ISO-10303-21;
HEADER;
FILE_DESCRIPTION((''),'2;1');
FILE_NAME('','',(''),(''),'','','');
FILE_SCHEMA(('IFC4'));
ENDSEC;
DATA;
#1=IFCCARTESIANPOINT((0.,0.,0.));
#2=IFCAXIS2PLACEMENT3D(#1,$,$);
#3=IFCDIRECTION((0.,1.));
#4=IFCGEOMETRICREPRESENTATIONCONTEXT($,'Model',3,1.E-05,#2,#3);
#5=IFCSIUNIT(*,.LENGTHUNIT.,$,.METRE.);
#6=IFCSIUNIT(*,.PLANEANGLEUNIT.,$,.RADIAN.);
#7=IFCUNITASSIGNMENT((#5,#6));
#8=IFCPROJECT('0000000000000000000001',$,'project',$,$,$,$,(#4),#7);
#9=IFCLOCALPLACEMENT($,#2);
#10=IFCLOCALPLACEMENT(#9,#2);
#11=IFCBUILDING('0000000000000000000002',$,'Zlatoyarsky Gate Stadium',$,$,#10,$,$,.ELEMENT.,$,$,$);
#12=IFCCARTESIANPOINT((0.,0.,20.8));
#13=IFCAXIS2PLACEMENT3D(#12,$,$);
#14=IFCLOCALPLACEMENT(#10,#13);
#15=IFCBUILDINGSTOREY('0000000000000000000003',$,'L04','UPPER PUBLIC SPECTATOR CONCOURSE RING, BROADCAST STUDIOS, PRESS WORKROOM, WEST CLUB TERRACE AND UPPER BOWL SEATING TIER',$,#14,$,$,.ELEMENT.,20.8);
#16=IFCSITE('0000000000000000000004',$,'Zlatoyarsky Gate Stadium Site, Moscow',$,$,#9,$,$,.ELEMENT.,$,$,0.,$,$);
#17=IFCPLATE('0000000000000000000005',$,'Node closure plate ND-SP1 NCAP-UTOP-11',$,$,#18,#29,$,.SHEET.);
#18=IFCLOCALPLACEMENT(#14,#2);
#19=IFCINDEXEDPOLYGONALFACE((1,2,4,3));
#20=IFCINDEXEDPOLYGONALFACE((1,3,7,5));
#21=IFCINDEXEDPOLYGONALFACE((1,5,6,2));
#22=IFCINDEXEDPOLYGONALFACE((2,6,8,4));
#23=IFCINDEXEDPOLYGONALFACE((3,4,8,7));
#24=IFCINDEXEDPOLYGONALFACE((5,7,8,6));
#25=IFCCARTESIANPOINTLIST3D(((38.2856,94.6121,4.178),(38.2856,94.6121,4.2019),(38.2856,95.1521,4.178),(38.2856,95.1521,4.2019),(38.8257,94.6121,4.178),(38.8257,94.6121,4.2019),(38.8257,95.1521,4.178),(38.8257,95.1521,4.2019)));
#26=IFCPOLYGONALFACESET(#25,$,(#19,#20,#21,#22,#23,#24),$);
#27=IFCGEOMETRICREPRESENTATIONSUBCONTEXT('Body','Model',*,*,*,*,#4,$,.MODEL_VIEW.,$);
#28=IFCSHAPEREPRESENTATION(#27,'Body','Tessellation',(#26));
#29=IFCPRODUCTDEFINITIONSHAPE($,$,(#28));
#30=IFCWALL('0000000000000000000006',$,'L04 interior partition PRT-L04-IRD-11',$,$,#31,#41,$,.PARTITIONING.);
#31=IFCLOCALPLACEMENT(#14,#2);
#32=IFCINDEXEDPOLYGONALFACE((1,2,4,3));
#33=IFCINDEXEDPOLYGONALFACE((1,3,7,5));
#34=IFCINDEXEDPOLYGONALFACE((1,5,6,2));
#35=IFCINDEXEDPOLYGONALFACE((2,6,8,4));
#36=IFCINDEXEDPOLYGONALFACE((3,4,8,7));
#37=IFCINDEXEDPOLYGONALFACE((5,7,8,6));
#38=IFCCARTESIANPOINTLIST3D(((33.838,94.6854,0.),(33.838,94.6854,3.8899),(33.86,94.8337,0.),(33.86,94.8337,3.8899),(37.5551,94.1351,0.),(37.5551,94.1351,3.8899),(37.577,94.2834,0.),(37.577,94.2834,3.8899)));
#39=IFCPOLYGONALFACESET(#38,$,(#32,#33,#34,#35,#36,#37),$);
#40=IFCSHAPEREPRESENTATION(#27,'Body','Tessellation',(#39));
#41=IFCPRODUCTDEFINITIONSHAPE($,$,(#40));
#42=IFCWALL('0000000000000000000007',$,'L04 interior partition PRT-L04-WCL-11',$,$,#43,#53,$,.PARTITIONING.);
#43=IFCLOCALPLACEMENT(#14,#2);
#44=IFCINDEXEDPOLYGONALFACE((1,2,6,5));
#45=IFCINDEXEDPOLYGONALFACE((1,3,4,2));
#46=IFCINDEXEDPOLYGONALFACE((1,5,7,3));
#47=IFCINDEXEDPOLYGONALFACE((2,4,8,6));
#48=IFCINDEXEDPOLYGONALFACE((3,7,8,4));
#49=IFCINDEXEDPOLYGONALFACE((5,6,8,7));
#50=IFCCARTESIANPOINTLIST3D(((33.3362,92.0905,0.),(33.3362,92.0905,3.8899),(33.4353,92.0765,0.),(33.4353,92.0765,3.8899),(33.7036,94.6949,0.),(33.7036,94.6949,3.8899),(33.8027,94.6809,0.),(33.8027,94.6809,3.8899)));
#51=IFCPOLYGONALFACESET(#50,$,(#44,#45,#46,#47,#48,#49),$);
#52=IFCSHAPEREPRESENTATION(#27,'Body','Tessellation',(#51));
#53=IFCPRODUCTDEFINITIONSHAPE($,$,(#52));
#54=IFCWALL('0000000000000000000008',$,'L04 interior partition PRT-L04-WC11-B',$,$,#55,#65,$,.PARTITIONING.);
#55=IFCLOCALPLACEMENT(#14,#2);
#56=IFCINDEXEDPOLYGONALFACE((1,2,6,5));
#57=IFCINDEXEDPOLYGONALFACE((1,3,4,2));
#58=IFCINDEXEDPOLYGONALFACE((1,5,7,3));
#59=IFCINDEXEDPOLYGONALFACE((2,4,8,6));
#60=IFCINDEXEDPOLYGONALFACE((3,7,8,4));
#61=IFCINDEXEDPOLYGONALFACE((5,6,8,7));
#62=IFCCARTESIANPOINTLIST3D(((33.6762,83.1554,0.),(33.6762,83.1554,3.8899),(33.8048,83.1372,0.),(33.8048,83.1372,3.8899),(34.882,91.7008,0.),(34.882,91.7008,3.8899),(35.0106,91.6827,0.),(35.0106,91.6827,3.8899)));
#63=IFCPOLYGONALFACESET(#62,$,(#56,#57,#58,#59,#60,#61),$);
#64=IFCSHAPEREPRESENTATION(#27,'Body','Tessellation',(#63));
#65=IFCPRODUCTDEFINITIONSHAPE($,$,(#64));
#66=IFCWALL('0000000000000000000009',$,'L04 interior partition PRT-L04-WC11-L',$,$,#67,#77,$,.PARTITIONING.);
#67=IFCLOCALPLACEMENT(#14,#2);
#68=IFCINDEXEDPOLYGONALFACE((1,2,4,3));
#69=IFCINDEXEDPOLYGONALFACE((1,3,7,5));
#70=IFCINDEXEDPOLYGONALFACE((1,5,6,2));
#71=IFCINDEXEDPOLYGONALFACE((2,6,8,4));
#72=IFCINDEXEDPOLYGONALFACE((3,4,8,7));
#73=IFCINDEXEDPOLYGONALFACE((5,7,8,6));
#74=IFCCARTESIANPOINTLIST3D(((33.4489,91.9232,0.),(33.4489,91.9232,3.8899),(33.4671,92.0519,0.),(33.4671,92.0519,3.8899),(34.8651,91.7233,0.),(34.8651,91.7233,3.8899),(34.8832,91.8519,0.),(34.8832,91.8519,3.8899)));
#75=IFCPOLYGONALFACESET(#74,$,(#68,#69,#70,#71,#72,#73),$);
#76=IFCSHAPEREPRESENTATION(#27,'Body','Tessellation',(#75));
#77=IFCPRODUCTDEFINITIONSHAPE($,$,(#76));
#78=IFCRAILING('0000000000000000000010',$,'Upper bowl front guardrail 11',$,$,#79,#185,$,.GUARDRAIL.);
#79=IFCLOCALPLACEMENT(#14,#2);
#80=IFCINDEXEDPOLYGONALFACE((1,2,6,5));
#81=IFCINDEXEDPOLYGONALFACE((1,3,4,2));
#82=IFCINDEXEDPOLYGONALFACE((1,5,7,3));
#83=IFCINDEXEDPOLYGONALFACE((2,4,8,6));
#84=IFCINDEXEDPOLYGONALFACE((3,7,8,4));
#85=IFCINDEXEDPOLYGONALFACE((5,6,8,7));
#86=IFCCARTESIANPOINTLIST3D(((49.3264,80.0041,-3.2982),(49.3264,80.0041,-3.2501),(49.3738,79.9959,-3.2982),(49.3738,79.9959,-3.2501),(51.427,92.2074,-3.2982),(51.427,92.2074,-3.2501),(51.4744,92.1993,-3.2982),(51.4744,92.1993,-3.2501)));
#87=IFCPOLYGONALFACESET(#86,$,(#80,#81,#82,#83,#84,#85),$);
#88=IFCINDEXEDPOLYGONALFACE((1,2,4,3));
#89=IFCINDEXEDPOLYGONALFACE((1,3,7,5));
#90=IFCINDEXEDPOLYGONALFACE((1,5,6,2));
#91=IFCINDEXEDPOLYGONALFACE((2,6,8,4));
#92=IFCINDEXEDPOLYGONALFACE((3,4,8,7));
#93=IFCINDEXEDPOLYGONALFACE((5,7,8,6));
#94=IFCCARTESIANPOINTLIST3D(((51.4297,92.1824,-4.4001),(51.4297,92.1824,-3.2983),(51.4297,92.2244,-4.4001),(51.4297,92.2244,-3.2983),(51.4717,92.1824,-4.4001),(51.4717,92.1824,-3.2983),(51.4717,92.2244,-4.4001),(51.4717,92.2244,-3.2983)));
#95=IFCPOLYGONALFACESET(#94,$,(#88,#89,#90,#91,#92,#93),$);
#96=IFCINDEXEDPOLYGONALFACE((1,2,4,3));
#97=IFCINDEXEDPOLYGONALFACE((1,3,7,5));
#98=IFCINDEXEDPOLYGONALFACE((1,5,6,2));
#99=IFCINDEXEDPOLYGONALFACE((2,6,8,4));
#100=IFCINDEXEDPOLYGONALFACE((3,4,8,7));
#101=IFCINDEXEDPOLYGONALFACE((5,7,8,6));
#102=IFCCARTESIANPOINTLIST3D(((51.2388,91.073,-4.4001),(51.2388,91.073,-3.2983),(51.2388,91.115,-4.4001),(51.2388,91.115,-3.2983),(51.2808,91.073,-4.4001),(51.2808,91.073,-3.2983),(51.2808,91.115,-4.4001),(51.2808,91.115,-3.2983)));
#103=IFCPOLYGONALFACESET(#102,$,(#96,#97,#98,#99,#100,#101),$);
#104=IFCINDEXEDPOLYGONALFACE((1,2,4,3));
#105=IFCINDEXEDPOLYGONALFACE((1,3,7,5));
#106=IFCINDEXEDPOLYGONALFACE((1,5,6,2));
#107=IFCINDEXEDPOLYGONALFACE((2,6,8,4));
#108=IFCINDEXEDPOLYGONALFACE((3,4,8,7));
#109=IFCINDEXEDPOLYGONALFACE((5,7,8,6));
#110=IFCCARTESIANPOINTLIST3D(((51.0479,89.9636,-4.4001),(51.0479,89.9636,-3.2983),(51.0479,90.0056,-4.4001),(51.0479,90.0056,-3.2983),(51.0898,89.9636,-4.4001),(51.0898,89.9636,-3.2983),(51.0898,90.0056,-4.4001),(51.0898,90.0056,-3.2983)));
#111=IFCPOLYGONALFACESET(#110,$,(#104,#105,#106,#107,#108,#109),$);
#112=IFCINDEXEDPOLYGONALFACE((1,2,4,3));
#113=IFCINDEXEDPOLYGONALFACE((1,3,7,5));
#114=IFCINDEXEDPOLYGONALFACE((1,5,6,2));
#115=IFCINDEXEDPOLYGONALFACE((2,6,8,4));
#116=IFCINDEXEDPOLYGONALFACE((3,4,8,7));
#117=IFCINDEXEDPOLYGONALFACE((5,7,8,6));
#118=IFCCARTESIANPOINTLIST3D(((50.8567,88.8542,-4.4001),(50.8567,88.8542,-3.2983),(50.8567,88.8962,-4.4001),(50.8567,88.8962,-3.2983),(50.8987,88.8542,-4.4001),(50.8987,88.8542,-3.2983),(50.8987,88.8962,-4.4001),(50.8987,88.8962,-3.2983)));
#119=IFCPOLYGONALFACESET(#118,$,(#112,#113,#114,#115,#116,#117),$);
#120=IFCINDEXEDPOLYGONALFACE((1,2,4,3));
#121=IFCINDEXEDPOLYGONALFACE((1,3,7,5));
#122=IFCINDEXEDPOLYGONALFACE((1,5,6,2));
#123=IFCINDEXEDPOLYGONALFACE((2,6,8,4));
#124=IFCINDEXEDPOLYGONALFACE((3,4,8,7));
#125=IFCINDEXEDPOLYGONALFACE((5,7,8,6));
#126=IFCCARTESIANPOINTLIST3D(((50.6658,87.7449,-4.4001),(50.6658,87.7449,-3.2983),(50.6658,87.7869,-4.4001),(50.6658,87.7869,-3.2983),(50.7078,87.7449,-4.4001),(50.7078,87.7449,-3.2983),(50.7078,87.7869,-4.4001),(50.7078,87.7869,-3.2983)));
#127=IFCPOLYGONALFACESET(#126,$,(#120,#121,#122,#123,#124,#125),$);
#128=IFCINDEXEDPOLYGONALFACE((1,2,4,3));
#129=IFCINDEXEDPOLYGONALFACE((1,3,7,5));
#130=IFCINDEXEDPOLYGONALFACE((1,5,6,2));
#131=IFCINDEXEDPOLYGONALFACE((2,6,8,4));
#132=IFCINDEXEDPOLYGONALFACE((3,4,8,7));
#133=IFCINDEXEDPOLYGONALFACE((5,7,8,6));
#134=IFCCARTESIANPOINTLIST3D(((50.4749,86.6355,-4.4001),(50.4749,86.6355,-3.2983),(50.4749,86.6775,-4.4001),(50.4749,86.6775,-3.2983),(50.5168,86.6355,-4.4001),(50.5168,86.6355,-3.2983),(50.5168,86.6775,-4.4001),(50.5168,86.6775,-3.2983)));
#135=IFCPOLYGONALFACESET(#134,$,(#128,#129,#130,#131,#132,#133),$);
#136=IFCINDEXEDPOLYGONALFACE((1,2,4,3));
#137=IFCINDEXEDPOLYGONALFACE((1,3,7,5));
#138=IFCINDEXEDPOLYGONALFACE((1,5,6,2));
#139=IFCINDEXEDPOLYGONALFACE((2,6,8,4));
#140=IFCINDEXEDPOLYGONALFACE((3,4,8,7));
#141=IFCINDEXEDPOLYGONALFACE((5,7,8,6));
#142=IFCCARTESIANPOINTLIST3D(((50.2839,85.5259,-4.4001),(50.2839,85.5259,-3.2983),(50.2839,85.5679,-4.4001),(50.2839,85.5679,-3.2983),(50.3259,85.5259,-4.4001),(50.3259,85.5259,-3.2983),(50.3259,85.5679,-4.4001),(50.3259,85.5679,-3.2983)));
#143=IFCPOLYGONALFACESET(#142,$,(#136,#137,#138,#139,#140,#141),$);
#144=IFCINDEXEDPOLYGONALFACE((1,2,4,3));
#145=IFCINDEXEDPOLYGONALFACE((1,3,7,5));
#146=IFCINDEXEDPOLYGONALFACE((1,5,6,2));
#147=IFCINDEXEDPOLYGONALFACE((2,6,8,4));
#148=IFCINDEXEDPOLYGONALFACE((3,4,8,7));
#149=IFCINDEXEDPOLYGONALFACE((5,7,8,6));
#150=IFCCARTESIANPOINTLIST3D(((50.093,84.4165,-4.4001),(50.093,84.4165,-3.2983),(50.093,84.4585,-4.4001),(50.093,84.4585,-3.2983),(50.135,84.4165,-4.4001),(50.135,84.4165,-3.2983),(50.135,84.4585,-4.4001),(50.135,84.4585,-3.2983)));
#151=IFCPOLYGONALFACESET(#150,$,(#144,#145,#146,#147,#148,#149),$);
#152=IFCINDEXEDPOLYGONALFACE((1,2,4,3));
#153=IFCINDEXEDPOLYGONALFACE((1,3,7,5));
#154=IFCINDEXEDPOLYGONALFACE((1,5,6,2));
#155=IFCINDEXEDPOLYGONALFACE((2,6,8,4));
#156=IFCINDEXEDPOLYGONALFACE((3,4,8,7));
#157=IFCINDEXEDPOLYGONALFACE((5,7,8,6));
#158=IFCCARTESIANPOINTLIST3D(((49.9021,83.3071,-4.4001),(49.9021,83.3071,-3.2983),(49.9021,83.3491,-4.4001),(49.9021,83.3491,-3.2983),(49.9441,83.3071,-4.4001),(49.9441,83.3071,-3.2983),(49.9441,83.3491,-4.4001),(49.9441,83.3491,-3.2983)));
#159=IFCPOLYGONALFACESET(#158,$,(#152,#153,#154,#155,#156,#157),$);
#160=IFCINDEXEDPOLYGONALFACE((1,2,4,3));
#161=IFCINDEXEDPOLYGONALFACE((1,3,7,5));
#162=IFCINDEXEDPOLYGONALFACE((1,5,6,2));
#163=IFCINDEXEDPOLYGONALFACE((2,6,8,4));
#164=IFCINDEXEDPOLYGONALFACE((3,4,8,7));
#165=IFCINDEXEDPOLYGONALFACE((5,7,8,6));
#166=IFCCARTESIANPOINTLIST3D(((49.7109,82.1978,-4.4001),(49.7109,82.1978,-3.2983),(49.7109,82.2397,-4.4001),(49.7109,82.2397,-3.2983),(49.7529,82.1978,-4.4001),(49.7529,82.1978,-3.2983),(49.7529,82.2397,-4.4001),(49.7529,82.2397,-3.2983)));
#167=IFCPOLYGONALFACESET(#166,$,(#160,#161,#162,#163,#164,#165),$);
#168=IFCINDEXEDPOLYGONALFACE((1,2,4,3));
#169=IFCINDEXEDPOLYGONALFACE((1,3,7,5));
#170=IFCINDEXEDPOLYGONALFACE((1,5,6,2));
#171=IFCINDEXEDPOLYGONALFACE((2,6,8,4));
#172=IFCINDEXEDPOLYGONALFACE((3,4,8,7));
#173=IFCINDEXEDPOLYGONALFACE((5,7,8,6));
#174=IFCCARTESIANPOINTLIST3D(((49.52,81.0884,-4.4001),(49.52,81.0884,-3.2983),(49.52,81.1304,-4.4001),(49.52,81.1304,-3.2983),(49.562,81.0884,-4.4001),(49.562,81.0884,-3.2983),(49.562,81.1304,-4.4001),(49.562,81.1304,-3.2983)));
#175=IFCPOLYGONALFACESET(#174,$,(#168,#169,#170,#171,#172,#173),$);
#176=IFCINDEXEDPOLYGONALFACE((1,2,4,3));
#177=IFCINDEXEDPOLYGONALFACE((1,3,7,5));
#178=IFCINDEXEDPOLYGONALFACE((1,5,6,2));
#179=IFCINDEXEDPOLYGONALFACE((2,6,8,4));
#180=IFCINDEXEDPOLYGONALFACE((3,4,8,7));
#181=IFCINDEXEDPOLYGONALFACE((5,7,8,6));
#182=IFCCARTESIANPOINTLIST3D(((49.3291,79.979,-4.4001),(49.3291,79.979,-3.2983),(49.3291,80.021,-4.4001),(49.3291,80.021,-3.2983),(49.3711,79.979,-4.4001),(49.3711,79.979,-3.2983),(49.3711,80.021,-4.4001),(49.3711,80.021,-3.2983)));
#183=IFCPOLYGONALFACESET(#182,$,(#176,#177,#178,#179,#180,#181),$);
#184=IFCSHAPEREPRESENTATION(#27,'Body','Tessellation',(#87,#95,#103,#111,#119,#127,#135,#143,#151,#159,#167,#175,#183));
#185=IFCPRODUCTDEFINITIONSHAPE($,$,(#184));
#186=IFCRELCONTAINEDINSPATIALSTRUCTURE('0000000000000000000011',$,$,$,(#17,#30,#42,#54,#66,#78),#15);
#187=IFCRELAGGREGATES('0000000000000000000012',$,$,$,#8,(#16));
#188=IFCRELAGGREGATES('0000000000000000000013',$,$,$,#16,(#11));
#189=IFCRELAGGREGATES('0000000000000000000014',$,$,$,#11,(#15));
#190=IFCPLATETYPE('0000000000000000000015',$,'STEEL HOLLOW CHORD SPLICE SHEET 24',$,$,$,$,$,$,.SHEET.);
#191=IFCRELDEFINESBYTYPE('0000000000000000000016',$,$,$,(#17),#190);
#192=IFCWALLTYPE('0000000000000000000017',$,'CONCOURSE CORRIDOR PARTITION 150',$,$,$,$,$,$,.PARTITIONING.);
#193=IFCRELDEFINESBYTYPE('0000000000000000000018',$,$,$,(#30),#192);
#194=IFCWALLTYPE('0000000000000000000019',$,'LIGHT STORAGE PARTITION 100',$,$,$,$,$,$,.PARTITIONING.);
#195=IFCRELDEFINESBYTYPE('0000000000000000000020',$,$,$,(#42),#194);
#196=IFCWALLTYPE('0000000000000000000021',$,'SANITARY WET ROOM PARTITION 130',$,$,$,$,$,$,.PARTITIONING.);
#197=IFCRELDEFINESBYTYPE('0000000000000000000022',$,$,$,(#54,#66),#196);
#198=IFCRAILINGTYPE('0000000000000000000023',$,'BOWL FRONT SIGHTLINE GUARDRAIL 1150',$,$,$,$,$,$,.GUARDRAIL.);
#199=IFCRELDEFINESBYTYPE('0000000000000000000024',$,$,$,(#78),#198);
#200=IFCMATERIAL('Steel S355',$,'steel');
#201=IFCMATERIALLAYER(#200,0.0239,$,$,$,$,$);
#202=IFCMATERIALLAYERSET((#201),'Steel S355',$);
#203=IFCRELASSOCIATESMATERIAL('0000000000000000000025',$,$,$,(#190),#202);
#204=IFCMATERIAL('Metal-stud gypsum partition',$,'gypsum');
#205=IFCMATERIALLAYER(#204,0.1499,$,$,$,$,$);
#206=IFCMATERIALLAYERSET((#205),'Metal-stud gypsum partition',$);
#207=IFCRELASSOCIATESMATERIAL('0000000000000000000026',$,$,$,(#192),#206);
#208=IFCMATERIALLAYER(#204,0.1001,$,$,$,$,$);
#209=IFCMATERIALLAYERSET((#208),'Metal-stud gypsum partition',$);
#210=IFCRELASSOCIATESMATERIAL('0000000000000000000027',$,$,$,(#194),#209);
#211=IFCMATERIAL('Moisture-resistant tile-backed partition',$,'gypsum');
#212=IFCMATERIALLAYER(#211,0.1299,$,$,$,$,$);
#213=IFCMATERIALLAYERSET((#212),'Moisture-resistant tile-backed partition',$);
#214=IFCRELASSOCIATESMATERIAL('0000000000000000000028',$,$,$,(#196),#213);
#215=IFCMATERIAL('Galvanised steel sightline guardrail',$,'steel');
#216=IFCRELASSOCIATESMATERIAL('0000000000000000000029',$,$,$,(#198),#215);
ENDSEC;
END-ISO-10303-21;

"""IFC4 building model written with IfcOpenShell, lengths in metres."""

from ifc_helpers import new_model, si_unit, direction, frame, frame_2d, origin, origin_2d, place, context, subcontext, project, spatial, rectangle, extrude, material, layer, layer_set, type_object, element, save


model = new_model("IFC4")

# Units and contexts
model_context = context("Model", 3, precision=1e-05, world=origin(), true_north=direction((0.0, 1.0)))
body_context = subcontext(model_context, "Body", "Model", "MODEL_VIEW")
ifc_project = project(units=[si_unit("LENGTHUNIT", "METRE"), si_unit("PLANEANGLEUNIT", "RADIAN")], contexts=[model_context])

# Site, building, storey
site_placement = place(None, origin())
site = spatial("IfcSite", under=ifc_project, at=site_placement, Name="Zlatoyarsky Gate Stadium Site, Moscow", CompositionType="ELEMENT", RefElevation=0.0)
building_placement = place(site_placement, origin())
building = spatial("IfcBuilding", under=site, at=building_placement, Name="Zlatoyarsky Gate Stadium", CompositionType="ELEMENT")
storey_placement = place(building_placement, frame((0.0, 0.0, 20.8)))
storey = spatial("IfcBuildingStorey", under=building, at=storey_placement, Name="L04", Description="UPPER PUBLIC SPECTATOR CONCOURSE RING, BROADCAST STUDIOS, PRESS WORKROOM, WEST CLUB TERRACE AND UPPER BOWL SEATING TIER", CompositionType="ELEMENT", Elevation=20.8)

# Shared definitions
ifc_material_1 = material(Name="Steel S355", Category="steel")

# Plate
ifc_layer_1 = layer(ifc_material_1, 0.0239)
ifc_layer_set_1 = layer_set([ifc_layer_1], Name="Steel S355")
plate_type = type_object("IfcPlateType", Name="STEEL HOLLOW CHORD SPLICE SHEET 24", PredefinedType="SHEET", material=ifc_layer_set_1)
plate_placement = place(storey_placement, frame((38.5557, 94.8821, 4.178), z_axis=(0.0, 0.0, 1.0), x_axis=(1.0, 0.0, 0.0)))
element("IfcPlate", 1, at=plate_placement, inside=storey, type_object=plate_type, Name="Node closure plate ND-SP1 NCAP-UTOP-11", PredefinedType="SHEET", context=body_context, shape_type="SweptSolid", body=[
    extrude(rectangle(XDim=0.54, YDim=0.54, at=origin_2d()), origin(), (0.0, 0.0, 1.0), 0.0239),
])

# Walls
ifc_material_2 = material(Name="Metal-stud gypsum partition", Category="gypsum")
ifc_layer_2 = layer(ifc_material_2, 0.1499)
ifc_layer_set_2 = layer_set([ifc_layer_2], Name="Metal-stud gypsum partition")
wall_type_1 = type_object("IfcWallType", Name="CONCOURSE CORRIDOR PARTITION 150", PredefinedType="PARTITIONING", material=ifc_layer_set_2)
wall_1_placement = place(storey_placement, frame((37.5662, 94.2092, 0.0), z_axis=(0.0, 0.0, 1.0), x_axis=(-0.989218, 0.14645, 0.0)))
element("IfcWall", 2, at=wall_1_placement, inside=storey, type_object=wall_type_1, Name="L04 interior partition PRT-L04-IRD-11", PredefinedType="PARTITIONING", context=body_context, shape_type="SweptSolid", body=[
    extrude(rectangle(XDim=3.7576, YDim=0.1499, at=frame_2d((1.8789, 0.0))), origin(), (0.0, 0.0, 1.0), 3.8899),
])
ifc_layer_3 = layer(ifc_material_2, 0.1001)
ifc_layer_set_3 = layer_set([ifc_layer_3], Name="Metal-stud gypsum partition")
wall_type_2 = type_object("IfcWallType", Name="LIGHT STORAGE PARTITION 100", PredefinedType="PARTITIONING", material=ifc_layer_set_3)
wall_2_placement = place(storey_placement, frame((33.7532, 94.6877, 0.0), z_axis=(0.0, 0.0, 1.0), x_axis=(-0.139706, -0.990193, 0.0)))
element("IfcWall", 3, at=wall_2_placement, inside=storey, type_object=wall_type_2, Name="L04 interior partition PRT-L04-WCL-11", PredefinedType="PARTITIONING", context=body_context, shape_type="SweptSolid", body=[
    extrude(rectangle(XDim=2.6301, YDim=0.1001, at=frame_2d((1.3149, 0.0))), origin(), (0.0, 0.0, 1.0), 3.8899),
])
ifc_material_3 = material(Name="Moisture-resistant tile-backed partition", Category="gypsum")
ifc_layer_4 = layer(ifc_material_3, 0.1299)
ifc_layer_set_4 = layer_set([ifc_layer_4], Name="Moisture-resistant tile-backed partition")
wall_type_3 = type_object("IfcWallType", Name="SANITARY WET ROOM PARTITION 130", PredefinedType="PARTITIONING", material=ifc_layer_set_4)
wall_3_placement = place(storey_placement, frame((34.9463, 91.6917, 0.0), z_axis=(0.0, 0.0, 1.0), x_axis=(-0.139722, -0.990191, 0.0)))
element("IfcWall", 4, at=wall_3_placement, inside=storey, type_object=wall_type_3, Name="L04 interior partition PRT-L04-WC11-B", PredefinedType="PARTITIONING", context=body_context, shape_type="SweptSolid", body=[
    extrude(rectangle(XDim=8.6301, YDim=0.1299, at=frame_2d((4.3149, 0.0))), origin(), (0.0, 0.0, 1.0), 3.8899),
])
wall_4_placement = place(storey_placement, frame((33.458, 91.9875, 0.0), z_axis=(0.0, 0.0, 1.0), x_axis=(0.990177, -0.13982, 0.0)))
element("IfcWall", 5, at=wall_4_placement, inside=storey, type_object=wall_type_3, Name="L04 interior partition PRT-L04-WC11-L", PredefinedType="PARTITIONING", context=body_context, shape_type="SweptSolid", body=[
    extrude(rectangle(XDim=1.4302, YDim=0.1299, at=frame_2d((0.7151, 0.0))), origin(), (0.0, 0.0, 1.0), 3.8899),
])

# Railing
ifc_material_4 = material(Name="Galvanised steel sightline guardrail", Category="steel")
railing_type_1 = type_object("IfcRailingType", Name="BOWL FRONT SIGHTLINE GUARDRAIL 1150", PredefinedType="GUARDRAIL", material=ifc_material_4)
railing_1_placement = place(storey_placement, frame((51.4507, 92.2034, -4.4001)))
element("IfcRailing", 6, at=railing_1_placement, inside=storey, type_object=railing_type_1, Name="Upper bowl front guardrail 11", PredefinedType="GUARDRAIL", context=body_context, shape_type="SweptSolid", body=[
    extrude(rectangle(XDim=0.0481, YDim=0.0481, at=origin_2d()), frame((0.0, 0.0, 1.126), z_axis=(-0.169637, -0.985507, 0.0), x_axis=(0.985507, -0.169637, 0.0)), (0.0, 0.0, 1.0), 12.3828),
    extrude(rectangle(XDim=0.042, YDim=0.042, at=origin_2d()), origin(), (0.0, 0.0, 1.0), 1.1018),
    extrude(rectangle(XDim=0.042, YDim=0.042, at=origin_2d()), frame((-0.1909, -1.1094, 0.0)), (0.0, 0.0, 1.0), 1.1018),
    extrude(rectangle(XDim=0.042, YDim=0.042, at=origin_2d()), frame((-0.3818, -2.2188, 0.0)), (0.0, 0.0, 1.0), 1.1018),
    extrude(rectangle(XDim=0.042, YDim=0.042, at=origin_2d()), frame((-0.573, -3.3281, 0.0)), (0.0, 0.0, 1.0), 1.1018),
    extrude(rectangle(XDim=0.042, YDim=0.042, at=origin_2d()), frame((-0.7639, -4.4375, 0.0)), (0.0, 0.0, 1.0), 1.1018),
    extrude(rectangle(XDim=0.042, YDim=0.042, at=origin_2d()), frame((-0.9548, -5.5469, 0.0)), (0.0, 0.0, 1.0), 1.1018),
    extrude(rectangle(XDim=0.042, YDim=0.042, at=origin_2d()), frame((-1.1458, -6.6565, 0.0)), (0.0, 0.0, 1.0), 1.1018),
    extrude(rectangle(XDim=0.042, YDim=0.042, at=origin_2d()), frame((-1.3367, -7.7659, 0.0)), (0.0, 0.0, 1.0), 1.1018),
    extrude(rectangle(XDim=0.042, YDim=0.042, at=origin_2d()), frame((-1.5276, -8.8752, 0.0)), (0.0, 0.0, 1.0), 1.1018),
    extrude(rectangle(XDim=0.042, YDim=0.042, at=origin_2d()), frame((-1.7188, -9.9846, 0.0)), (0.0, 0.0, 1.0), 1.1018),
    extrude(rectangle(XDim=0.042, YDim=0.042, at=origin_2d()), frame((-1.9097, -11.094, 0.0)), (0.0, 0.0, 1.0), 1.1018),
    extrude(rectangle(XDim=0.042, YDim=0.042, at=origin_2d()), frame((-2.1006, -12.2034, 0.0)), (0.0, 0.0, 1.0), 1.1018),
])

save(model, "model.ifc")
